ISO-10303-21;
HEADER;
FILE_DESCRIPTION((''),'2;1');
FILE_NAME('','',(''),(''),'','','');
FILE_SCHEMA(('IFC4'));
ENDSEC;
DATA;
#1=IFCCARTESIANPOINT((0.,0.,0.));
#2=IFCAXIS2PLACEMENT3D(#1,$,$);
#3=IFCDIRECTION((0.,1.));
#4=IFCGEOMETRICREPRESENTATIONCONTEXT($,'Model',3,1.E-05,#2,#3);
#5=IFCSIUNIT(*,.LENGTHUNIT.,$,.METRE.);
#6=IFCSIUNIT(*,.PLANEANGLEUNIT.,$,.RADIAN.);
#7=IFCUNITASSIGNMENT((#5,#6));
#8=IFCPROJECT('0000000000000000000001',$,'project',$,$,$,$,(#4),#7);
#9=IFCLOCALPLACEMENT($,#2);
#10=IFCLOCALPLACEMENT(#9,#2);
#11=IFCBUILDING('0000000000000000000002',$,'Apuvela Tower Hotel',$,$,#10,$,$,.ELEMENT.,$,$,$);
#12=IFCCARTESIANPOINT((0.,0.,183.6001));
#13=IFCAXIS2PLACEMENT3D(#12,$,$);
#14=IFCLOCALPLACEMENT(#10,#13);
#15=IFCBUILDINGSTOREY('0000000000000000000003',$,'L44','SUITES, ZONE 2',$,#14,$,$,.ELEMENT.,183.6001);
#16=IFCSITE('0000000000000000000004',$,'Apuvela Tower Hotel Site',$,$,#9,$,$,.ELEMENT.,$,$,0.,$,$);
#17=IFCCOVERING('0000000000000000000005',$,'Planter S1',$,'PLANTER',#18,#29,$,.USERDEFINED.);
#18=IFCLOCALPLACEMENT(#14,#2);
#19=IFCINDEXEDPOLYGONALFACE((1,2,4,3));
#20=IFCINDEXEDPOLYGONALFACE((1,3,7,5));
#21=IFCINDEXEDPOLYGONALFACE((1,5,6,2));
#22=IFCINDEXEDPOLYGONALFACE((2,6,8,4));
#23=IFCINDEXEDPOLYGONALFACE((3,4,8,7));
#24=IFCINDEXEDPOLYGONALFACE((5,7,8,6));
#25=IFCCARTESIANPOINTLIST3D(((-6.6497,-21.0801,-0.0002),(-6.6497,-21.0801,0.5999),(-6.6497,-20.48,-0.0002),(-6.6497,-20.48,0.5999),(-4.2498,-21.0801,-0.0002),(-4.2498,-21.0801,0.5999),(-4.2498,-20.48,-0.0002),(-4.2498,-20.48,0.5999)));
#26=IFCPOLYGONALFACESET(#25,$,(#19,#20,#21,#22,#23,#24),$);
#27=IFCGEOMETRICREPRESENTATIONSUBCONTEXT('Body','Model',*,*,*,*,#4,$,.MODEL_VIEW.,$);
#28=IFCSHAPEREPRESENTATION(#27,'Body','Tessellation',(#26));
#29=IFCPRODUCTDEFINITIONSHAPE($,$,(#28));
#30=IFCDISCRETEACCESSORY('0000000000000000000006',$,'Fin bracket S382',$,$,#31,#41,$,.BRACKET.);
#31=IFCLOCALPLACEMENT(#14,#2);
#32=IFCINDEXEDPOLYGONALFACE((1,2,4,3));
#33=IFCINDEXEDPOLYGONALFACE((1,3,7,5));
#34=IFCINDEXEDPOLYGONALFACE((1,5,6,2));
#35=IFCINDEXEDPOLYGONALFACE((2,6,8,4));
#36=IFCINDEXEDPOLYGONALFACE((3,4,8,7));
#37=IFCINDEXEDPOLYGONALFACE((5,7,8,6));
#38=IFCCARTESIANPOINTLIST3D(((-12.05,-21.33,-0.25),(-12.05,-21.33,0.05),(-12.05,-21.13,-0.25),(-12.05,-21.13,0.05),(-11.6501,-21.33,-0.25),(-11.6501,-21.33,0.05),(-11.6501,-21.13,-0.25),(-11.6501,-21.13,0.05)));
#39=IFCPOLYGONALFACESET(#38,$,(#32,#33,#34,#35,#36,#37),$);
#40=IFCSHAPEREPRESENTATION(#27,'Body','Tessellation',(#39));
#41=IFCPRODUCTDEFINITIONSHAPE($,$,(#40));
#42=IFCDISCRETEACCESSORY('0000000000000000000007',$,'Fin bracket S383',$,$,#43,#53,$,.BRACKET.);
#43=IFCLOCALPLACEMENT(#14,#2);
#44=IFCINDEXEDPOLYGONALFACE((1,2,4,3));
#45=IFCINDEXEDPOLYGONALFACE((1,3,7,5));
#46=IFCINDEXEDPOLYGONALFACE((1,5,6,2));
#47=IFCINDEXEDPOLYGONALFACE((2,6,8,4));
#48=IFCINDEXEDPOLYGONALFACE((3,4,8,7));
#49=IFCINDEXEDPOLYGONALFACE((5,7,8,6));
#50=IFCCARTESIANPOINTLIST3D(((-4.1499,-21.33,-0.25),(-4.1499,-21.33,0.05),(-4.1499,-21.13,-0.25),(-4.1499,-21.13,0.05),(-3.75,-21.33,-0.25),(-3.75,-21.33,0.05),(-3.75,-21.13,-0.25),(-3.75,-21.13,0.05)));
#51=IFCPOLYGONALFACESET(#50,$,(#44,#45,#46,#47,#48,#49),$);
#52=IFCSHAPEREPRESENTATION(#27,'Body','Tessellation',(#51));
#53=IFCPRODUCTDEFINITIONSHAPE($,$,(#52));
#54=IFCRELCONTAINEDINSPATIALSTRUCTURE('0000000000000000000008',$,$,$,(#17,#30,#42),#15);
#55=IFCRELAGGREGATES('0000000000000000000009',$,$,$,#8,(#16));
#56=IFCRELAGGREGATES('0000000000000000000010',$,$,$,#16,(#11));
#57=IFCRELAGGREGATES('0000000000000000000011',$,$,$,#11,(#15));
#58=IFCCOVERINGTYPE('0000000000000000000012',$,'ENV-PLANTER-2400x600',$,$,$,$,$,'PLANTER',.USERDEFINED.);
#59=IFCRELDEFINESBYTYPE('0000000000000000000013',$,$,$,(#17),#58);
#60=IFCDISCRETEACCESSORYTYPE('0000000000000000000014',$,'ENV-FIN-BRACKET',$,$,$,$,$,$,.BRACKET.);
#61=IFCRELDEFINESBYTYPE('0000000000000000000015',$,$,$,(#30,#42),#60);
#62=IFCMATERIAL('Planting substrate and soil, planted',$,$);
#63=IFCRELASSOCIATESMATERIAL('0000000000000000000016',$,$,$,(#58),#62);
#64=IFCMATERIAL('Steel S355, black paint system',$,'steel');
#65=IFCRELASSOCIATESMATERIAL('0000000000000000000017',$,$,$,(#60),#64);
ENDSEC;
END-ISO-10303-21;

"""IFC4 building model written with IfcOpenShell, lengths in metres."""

from ifc_helpers import new_model, si_unit, direction, frame, origin, origin_2d, place, context, subcontext, project, spatial, rectangle, extrude, material, type_object, element, save


model = new_model("IFC4")

# Units and contexts
model_context = context("Model", 3, precision=1e-05, world=origin(), true_north=direction((0.0, 1.0)))
body_context = subcontext(model_context, "Body", "Model", "MODEL_VIEW")
ifc_project = project(units=[si_unit("LENGTHUNIT", "METRE"), si_unit("PLANEANGLEUNIT", "RADIAN")], contexts=[model_context])

# Site, building, storey
site_placement = place(None, origin())
site = spatial("IfcSite", under=ifc_project, at=site_placement, Name="Apuvela Tower Hotel Site", CompositionType="ELEMENT", RefElevation=0.0)
building_placement = place(site_placement, origin())
building = spatial("IfcBuilding", under=site, at=building_placement, Name="Apuvela Tower Hotel", CompositionType="ELEMENT")
storey_placement = place(building_placement, frame((0.0, 0.0, 183.6001)))
storey = spatial("IfcBuildingStorey", under=building, at=storey_placement, Name="L44", Description="SUITES, ZONE 2", CompositionType="ELEMENT", Elevation=183.6001)

# Covering
ifc_material_1 = material(Name="Planting substrate and soil, planted")
covering_type = type_object("IfcCoveringType", Name="ENV-PLANTER-2400x600", ElementType="PLANTER", PredefinedType="USERDEFINED", material=ifc_material_1)
covering_placement = place(storey_placement, frame((-5.4497, -20.78, -0.0002), z_axis=(0.0, 0.0, 1.0), x_axis=(1.0, 0.0, 0.0)))
element("IfcCovering", 1, at=covering_placement, inside=storey, type_object=covering_type, Name="Planter S1", ObjectType="PLANTER", PredefinedType="USERDEFINED", context=body_context, shape_type="SweptSolid", body=[
    extrude(rectangle(XDim=2.3999, YDim=0.6001, at=origin_2d()), origin(), (0.0, 0.0, 1.0), 0.6001),
])

# Discrete accessories
ifc_material_2 = material(Name="Steel S355, black paint system", Category="steel")
discrete_accessory_type = type_object("IfcDiscreteAccessoryType", Name="ENV-FIN-BRACKET", PredefinedType="BRACKET", material=ifc_material_2)
for number, where, z_axis, x_axis, name in (
    (2, (-11.8501, -21.23, -0.25), (0.0, 0.0, 1.0), (1.0, 0.0, 0.0), "Fin bracket S382"),
    (3, (-3.95, -21.23, -0.25), (0.0, 0.0, 1.0), (1.0, 0.0, 0.0), "Fin bracket S383"),
):
    element("IfcDiscreteAccessory", number, at=place(storey_placement, frame(where, z_axis=z_axis, x_axis=x_axis)), inside=storey, type_object=discrete_accessory_type, Name=name, PredefinedType="BRACKET", context=body_context, shape_type="SweptSolid", body=[
        extrude(rectangle(XDim=0.3999, YDim=0.2, at=origin_2d()), origin(), (0.0, 0.0, 1.0), 0.3),
    ])

save(model, "model.ifc")
